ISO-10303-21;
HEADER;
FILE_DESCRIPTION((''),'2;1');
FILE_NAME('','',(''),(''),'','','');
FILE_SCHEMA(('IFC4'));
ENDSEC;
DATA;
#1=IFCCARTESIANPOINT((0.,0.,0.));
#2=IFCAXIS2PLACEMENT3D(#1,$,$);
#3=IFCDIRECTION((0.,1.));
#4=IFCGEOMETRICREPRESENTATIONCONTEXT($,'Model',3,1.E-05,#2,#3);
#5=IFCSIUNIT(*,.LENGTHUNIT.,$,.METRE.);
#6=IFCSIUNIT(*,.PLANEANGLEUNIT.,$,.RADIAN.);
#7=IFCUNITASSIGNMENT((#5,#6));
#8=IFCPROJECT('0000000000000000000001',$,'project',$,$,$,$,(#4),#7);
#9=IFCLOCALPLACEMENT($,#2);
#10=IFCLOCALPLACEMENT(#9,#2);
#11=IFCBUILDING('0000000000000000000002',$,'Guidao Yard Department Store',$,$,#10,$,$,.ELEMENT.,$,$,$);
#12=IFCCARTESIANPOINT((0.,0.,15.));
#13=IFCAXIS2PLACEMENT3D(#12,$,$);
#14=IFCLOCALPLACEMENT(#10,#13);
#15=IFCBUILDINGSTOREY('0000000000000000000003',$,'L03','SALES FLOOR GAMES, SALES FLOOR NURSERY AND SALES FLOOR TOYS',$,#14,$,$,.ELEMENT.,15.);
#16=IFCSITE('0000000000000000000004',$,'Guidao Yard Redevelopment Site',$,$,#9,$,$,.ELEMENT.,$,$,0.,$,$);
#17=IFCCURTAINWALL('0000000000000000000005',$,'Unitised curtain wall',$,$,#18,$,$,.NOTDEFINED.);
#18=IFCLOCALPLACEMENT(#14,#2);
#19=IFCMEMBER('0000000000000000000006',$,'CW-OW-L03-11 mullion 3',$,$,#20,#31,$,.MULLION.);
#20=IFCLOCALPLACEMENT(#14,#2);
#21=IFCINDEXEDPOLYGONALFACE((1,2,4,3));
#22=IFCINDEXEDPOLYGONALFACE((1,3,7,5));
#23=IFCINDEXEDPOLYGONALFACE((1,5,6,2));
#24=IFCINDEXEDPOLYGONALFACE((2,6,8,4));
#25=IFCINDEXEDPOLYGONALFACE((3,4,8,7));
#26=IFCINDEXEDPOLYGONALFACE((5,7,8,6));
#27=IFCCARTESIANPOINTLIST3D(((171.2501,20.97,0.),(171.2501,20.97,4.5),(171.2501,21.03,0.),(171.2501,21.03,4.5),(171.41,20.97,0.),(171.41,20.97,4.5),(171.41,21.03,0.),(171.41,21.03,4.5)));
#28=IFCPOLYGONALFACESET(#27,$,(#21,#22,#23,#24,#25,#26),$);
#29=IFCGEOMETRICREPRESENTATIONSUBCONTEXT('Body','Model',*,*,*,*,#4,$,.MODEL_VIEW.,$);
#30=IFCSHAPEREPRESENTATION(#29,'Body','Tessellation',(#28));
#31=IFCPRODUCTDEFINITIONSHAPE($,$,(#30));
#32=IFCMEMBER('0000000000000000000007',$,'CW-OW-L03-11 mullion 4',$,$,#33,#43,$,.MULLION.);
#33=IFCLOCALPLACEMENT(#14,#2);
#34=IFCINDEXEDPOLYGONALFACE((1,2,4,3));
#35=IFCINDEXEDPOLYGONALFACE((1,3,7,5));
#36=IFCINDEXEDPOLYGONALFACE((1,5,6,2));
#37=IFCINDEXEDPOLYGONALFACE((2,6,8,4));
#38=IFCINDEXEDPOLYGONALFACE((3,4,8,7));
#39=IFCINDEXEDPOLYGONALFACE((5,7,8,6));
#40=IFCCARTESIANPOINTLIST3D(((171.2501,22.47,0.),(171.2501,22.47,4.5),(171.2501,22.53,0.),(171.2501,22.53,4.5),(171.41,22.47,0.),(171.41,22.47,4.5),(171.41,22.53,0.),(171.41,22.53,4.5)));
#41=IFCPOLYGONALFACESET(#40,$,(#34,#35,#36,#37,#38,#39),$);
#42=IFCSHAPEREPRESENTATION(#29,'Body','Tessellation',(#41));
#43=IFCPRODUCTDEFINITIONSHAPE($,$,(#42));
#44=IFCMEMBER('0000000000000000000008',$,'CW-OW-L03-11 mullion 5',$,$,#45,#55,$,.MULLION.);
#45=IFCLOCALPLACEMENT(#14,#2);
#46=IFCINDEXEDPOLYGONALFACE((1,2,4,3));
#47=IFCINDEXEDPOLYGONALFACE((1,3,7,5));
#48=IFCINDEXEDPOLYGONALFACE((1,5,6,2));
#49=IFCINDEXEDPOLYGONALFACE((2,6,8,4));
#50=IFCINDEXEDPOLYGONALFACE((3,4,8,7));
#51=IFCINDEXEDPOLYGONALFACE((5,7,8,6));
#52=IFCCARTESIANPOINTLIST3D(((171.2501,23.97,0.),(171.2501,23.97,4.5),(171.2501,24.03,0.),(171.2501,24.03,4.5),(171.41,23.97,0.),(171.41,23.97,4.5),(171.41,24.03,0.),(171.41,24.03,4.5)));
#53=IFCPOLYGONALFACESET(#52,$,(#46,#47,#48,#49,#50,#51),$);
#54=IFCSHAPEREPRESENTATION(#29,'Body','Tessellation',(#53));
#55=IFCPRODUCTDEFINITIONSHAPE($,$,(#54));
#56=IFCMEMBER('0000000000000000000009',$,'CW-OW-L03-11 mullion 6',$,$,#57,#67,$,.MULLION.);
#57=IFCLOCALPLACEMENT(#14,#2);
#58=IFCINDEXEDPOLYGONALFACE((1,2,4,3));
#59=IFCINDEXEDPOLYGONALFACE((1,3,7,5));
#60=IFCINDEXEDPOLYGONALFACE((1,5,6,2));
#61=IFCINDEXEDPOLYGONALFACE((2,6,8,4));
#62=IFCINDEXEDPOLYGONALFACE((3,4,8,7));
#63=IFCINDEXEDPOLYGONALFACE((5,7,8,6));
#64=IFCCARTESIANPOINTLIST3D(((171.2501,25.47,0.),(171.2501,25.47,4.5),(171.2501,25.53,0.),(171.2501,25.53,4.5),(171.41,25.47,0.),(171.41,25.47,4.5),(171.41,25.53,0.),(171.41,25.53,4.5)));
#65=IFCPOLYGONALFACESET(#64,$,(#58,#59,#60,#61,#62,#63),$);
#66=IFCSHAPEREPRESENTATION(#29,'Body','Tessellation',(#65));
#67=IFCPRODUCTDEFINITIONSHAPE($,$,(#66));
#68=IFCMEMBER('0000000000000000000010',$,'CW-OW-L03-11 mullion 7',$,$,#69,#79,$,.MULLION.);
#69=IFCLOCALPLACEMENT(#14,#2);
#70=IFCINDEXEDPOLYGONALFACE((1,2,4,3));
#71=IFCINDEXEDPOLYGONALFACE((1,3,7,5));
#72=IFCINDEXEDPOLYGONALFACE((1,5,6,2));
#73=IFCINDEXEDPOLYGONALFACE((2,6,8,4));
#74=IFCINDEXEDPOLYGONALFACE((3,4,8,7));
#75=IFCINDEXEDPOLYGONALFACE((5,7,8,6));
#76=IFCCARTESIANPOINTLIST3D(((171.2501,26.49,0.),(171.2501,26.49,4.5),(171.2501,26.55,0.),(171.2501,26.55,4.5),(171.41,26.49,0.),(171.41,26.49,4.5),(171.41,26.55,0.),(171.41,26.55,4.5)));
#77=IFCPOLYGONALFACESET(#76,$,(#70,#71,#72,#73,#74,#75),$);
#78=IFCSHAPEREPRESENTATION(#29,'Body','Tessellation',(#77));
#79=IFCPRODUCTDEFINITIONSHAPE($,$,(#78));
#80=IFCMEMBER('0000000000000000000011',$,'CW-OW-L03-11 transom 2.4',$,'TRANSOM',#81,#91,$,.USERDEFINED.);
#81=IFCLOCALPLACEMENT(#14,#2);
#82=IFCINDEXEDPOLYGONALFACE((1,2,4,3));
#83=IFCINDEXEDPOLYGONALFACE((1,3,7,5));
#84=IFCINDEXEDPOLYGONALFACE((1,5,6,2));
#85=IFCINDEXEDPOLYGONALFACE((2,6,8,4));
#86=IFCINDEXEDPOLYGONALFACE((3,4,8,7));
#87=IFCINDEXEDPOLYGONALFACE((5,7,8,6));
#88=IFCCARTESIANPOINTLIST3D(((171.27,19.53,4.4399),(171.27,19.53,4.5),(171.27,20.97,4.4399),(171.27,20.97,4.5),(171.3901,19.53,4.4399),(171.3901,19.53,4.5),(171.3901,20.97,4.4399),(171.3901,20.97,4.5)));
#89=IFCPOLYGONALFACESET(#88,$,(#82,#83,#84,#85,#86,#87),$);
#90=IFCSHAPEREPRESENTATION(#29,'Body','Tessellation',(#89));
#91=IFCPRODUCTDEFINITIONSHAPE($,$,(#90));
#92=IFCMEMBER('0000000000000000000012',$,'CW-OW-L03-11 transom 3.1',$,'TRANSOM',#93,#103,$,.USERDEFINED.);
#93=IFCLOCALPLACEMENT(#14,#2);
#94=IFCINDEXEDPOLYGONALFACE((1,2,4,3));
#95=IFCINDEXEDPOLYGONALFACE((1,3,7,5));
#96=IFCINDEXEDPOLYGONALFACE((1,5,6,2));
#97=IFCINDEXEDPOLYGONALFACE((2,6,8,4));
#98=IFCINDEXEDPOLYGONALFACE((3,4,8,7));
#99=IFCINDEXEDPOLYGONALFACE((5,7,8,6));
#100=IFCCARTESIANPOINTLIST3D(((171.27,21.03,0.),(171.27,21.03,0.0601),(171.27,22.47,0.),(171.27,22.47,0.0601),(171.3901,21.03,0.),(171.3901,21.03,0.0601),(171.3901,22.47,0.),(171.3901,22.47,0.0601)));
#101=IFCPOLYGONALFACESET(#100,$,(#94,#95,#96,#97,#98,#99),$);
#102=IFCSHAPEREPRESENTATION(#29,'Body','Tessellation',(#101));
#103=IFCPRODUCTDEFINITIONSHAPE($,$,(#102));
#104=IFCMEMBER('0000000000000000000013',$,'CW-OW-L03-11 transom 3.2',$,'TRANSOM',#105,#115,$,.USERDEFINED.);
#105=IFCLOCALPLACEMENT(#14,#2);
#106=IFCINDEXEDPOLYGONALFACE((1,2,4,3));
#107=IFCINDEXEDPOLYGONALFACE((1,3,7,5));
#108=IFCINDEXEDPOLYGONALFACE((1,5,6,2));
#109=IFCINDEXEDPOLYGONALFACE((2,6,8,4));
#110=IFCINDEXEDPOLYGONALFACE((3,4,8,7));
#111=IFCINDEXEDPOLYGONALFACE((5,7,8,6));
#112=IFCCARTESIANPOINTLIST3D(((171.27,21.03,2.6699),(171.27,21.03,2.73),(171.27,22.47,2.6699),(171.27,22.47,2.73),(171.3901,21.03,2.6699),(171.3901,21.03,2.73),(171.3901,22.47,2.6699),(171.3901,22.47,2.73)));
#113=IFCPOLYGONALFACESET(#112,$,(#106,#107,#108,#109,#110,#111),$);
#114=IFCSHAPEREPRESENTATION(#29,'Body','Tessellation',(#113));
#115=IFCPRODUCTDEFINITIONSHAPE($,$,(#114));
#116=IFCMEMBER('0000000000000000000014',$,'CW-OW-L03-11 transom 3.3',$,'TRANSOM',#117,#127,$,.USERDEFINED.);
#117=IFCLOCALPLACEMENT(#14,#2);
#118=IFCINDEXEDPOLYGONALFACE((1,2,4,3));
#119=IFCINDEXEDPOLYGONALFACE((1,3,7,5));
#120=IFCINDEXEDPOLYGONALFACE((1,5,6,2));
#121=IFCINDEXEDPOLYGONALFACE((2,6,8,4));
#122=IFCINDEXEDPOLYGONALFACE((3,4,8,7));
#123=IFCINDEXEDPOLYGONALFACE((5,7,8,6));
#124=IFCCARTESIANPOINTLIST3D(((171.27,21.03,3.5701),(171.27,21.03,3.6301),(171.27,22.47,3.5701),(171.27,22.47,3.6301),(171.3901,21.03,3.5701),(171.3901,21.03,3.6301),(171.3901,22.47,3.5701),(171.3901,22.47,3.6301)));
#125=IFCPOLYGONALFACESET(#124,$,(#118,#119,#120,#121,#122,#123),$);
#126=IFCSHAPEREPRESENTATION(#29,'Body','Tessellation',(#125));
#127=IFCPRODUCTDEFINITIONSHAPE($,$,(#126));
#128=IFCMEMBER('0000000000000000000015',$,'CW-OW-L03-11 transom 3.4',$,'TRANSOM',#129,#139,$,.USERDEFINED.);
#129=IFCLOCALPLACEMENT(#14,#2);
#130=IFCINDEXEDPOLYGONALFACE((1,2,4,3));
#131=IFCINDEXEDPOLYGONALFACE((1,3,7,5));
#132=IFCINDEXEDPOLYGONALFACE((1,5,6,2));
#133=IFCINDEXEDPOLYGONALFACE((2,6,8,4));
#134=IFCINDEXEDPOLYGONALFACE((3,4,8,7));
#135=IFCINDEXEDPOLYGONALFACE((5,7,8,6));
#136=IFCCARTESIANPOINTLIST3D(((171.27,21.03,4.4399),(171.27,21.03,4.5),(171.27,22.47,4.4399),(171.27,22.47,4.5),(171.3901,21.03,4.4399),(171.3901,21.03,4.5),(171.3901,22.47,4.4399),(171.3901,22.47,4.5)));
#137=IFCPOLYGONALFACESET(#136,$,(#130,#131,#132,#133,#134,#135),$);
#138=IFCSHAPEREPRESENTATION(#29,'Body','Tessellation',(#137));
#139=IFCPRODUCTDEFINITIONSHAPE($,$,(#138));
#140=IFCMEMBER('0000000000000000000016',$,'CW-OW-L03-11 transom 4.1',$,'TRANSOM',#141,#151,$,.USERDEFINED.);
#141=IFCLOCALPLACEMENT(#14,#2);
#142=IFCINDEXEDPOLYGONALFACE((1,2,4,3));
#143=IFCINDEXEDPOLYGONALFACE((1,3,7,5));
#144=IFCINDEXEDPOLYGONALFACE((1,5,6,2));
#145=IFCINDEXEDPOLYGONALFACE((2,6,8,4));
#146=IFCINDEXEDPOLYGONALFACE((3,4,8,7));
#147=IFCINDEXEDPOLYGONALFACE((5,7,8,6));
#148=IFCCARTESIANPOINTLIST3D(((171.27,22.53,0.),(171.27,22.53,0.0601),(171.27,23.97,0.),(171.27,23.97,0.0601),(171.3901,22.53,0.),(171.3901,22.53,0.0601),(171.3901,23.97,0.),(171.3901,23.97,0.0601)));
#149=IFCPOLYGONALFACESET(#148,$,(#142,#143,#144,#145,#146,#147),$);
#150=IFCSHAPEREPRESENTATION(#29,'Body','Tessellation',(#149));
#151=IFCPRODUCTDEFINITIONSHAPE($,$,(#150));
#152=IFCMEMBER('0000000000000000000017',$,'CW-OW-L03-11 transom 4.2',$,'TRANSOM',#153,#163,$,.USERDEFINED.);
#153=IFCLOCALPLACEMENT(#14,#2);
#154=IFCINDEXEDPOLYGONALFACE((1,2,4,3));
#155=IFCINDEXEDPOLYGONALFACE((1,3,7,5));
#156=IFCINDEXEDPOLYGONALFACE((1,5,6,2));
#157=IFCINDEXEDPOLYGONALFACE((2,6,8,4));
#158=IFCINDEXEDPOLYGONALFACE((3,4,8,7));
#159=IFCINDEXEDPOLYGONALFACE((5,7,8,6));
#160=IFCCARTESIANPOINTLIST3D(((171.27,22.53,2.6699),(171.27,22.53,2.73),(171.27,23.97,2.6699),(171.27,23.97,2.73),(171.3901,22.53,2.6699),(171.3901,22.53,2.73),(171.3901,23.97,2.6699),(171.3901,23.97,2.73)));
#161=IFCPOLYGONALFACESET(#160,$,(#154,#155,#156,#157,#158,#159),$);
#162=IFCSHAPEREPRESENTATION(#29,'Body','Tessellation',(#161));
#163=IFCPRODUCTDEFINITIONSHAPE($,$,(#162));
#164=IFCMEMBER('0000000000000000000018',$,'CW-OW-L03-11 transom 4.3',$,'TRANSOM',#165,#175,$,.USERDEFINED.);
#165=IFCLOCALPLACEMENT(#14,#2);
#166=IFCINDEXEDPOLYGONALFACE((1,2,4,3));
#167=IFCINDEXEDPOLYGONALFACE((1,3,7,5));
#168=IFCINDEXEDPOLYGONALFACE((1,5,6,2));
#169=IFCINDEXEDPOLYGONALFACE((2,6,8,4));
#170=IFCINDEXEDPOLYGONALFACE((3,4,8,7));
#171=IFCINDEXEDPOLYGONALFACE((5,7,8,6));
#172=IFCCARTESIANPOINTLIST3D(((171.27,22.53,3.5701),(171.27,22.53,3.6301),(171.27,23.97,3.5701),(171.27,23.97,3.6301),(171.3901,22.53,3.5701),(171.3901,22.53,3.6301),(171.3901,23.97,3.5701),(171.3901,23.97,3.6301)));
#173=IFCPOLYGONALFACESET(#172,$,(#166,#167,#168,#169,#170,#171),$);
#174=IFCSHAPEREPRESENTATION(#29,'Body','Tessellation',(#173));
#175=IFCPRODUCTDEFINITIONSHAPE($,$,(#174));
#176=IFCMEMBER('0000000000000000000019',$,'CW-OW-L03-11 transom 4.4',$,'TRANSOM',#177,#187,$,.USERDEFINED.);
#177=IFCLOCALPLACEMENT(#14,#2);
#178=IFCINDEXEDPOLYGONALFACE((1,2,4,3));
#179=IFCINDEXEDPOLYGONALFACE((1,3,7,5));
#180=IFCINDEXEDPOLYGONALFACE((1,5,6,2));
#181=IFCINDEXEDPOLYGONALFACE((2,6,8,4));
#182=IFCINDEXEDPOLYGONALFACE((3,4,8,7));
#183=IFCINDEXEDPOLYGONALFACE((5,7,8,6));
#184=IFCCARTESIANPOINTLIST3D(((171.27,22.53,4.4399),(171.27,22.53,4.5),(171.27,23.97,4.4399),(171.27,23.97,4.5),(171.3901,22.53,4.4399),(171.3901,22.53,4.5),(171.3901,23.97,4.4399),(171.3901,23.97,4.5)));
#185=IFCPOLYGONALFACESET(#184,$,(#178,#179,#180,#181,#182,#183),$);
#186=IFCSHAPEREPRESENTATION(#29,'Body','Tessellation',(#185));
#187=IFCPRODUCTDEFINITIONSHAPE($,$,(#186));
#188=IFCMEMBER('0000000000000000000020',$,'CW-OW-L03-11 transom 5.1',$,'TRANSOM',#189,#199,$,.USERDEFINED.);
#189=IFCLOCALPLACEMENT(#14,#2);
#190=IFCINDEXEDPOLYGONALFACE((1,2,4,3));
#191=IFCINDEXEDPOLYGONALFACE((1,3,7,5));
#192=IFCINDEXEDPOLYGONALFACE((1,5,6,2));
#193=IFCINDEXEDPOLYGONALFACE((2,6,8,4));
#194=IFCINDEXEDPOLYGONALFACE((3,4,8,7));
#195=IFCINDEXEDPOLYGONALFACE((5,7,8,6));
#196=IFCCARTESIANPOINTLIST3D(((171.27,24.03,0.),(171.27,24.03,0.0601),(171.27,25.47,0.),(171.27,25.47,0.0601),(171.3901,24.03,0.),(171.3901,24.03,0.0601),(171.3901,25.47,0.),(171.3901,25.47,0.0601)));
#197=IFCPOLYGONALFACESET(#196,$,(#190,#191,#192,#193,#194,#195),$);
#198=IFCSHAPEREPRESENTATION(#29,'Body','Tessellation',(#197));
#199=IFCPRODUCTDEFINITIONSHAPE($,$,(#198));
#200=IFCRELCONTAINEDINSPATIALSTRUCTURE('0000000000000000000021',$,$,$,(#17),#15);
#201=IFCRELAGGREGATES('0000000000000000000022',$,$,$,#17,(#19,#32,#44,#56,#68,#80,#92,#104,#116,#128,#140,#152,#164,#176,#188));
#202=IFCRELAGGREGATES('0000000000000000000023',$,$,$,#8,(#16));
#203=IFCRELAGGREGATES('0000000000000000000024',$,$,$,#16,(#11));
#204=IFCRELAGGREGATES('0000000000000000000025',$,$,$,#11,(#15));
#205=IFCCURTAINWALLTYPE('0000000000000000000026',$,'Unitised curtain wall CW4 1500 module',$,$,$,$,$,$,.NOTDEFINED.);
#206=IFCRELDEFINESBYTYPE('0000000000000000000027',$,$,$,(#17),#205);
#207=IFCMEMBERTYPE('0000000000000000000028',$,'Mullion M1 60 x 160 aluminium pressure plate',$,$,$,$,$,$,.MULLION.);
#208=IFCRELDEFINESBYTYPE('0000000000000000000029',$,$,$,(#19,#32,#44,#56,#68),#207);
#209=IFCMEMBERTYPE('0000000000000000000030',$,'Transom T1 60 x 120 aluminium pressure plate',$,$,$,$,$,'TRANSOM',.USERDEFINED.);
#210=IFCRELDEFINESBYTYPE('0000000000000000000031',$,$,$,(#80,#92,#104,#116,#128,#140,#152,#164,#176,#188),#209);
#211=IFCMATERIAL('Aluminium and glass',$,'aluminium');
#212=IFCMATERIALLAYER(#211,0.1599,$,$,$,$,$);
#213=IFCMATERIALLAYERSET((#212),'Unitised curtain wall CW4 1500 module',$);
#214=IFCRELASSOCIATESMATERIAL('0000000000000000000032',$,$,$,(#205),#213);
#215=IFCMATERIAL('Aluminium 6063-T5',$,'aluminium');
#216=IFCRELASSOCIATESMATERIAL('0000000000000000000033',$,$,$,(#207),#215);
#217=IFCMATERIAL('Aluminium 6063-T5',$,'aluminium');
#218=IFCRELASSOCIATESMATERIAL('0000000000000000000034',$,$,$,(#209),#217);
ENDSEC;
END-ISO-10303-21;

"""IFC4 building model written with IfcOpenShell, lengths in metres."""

from ifc_helpers import new_model, si_unit, direction, frame, origin, origin_2d, place, context, subcontext, project, spatial, rectangle, extrude, material, layer, layer_set, material_profile, profile_set, type_object, element, aggregate, save


model = new_model("IFC4")

# Units and contexts
model_context = context("Model", 3, precision=1e-05, world=origin(), true_north=direction((0.0, 1.0)))
body_context = subcontext(model_context, "Body", "Model", "MODEL_VIEW")
ifc_project = project(units=[si_unit("LENGTHUNIT", "METRE"), si_unit("PLANEANGLEUNIT", "RADIAN")], contexts=[model_context])

# Site, building, storey
site_placement = place(None, origin())
site = spatial("IfcSite", under=ifc_project, at=site_placement, Name="Guidao Yard Redevelopment Site", CompositionType="ELEMENT", RefElevation=0.0)
building_placement = place(site_placement, origin())
building = spatial("IfcBuilding", under=site, at=building_placement, Name="Guidao Yard Department Store", CompositionType="ELEMENT")
storey_placement = place(building_placement, frame((0.0, 0.0, 15.0)))
storey = spatial("IfcBuildingStorey", under=building, at=storey_placement, Name="L03", Description="SALES FLOOR GAMES, SALES FLOOR NURSERY AND SALES FLOOR TOYS", CompositionType="ELEMENT", Elevation=15.0)

# Curtain wall, members
ifc_material_1 = material(Name="Aluminium and glass", Category="aluminium")
ifc_layer_1 = layer(ifc_material_1, 0.1599)
ifc_layer_set_1 = layer_set([ifc_layer_1], Name="Unitised curtain wall CW4 1500 module")
curtain_wall_type = type_object("IfcCurtainWallType", Name="Unitised curtain wall CW4 1500 module", PredefinedType="NOTDEFINED", material=ifc_layer_set_1)
curtain_wall_placement = place(storey_placement, origin())
curtain_wall = element("IfcCurtainWall", 1, at=curtain_wall_placement, inside=storey, type_object=curtain_wall_type, Name="Unitised curtain wall", PredefinedType="NOTDEFINED")
ifc_material_2 = material(Name="Aluminium 6063-T5", Category="aluminium")
ifc_material_profile_1 = material_profile(ifc_material_2, rectangle(XDim=0.0601, YDim=0.1599, at=origin_2d()), Name="Mullion M1 60 x 160 aluminium pressure plate")
ifc_profile_set_1 = profile_set([ifc_material_profile_1], Name="Aluminium 6063-T5")
member_type_1 = type_object("IfcMemberType", Name="Mullion M1 60 x 160 aluminium pressure plate", PredefinedType="MULLION", material=ifc_profile_set_1)
member_1_placement = place(storey_placement, frame((171.3301, 21.0, 0.0), z_axis=(0.0, 0.0, 1.0), x_axis=(0.0, -1.0, 0.0)))
member_1 = element("IfcMember", 2, at=member_1_placement, type_object=member_type_1, Name="CW-OW-L03-11 mullion 3", PredefinedType="MULLION", context=body_context, shape_type="SweptSolid", body=[
    extrude(rectangle(XDim=0.0601, YDim=0.1599, at=origin_2d()), origin(), (0.0, 0.0, 1.0), 4.5),
])
member_2_placement = place(storey_placement, frame((171.3301, 22.5, 0.0), z_axis=(0.0, 0.0, 1.0), x_axis=(0.0, -1.0, 0.0)))
member_2 = element("IfcMember", 3, at=member_2_placement, type_object=member_type_1, Name="CW-OW-L03-11 mullion 4", PredefinedType="MULLION", context=body_context, shape_type="SweptSolid", body=[
    extrude(rectangle(XDim=0.0601, YDim=0.1599, at=origin_2d()), origin(), (0.0, 0.0, 1.0), 4.5),
])
member_3_placement = place(storey_placement, frame((171.3301, 24.0, 0.0), z_axis=(0.0, 0.0, 1.0), x_axis=(0.0, -1.0, 0.0)))
member_3 = element("IfcMember", 4, at=member_3_placement, type_object=member_type_1, Name="CW-OW-L03-11 mullion 5", PredefinedType="MULLION", context=body_context, shape_type="SweptSolid", body=[
    extrude(rectangle(XDim=0.0601, YDim=0.1599, at=origin_2d()), origin(), (0.0, 0.0, 1.0), 4.5),
])
member_4_placement = place(storey_placement, frame((171.3301, 25.5, 0.0), z_axis=(0.0, 0.0, 1.0), x_axis=(0.0, -1.0, 0.0)))
member_4 = element("IfcMember", 5, at=member_4_placement, type_object=member_type_1, Name="CW-OW-L03-11 mullion 6", PredefinedType="MULLION", context=body_context, shape_type="SweptSolid", body=[
    extrude(rectangle(XDim=0.0601, YDim=0.1599, at=origin_2d()), origin(), (0.0, 0.0, 1.0), 4.5),
])
member_5_placement = place(storey_placement, frame((171.3301, 26.52, 0.0), z_axis=(0.0, 0.0, 1.0), x_axis=(0.0, -1.0, 0.0)))
member_5 = element("IfcMember", 6, at=member_5_placement, type_object=member_type_1, Name="CW-OW-L03-11 mullion 7", PredefinedType="MULLION", context=body_context, shape_type="SweptSolid", body=[
    extrude(rectangle(XDim=0.0601, YDim=0.1599, at=origin_2d()), origin(), (0.0, 0.0, 1.0), 4.5),
])
ifc_material_3 = material(Name="Aluminium 6063-T5", Category="aluminium")
ifc_material_profile_2 = material_profile(ifc_material_3, rectangle(XDim=0.1201, YDim=0.0601, at=origin_2d()), Name="Transom T1 60 x 120 aluminium pressure plate")
ifc_profile_set_2 = profile_set([ifc_material_profile_2], Name="Aluminium 6063-T5")
member_type_2 = type_object("IfcMemberType", Name="Transom T1 60 x 120 aluminium pressure plate", ElementType="TRANSOM", PredefinedType="USERDEFINED", material=ifc_profile_set_2)
member_6_placement = place(storey_placement, frame((171.3301, 20.97, 4.47), z_axis=(0.0, -1.0, 0.0), x_axis=(1.0, 0.0, 0.0)))
member_6 = element("IfcMember", 7, at=member_6_placement, type_object=member_type_2, Name="CW-OW-L03-11 transom 2.4", ObjectType="TRANSOM", PredefinedType="USERDEFINED", context=body_context, shape_type="SweptSolid", body=[
    extrude(rectangle(XDim=0.1201, YDim=0.0601, at=origin_2d()), origin(), (0.0, 0.0, 1.0), 1.4399),
])
member_7_placement = place(storey_placement, frame((171.3301, 22.47, 0.03), z_axis=(0.0, -1.0, 0.0), x_axis=(1.0, 0.0, 0.0)))
member_7 = element("IfcMember", 8, at=member_7_placement, type_object=member_type_2, Name="CW-OW-L03-11 transom 3.1", ObjectType="TRANSOM", PredefinedType="USERDEFINED", context=body_context, shape_type="SweptSolid", body=[
    extrude(rectangle(XDim=0.1201, YDim=0.0601, at=origin_2d()), origin(), (0.0, 0.0, 1.0), 1.4399),
])
member_8_placement = place(storey_placement, frame((171.3301, 22.47, 2.7), z_axis=(0.0, -1.0, 0.0), x_axis=(1.0, 0.0, 0.0)))
member_8 = element("IfcMember", 9, at=member_8_placement, type_object=member_type_2, Name="CW-OW-L03-11 transom 3.2", ObjectType="TRANSOM", PredefinedType="USERDEFINED", context=body_context, shape_type="SweptSolid", body=[
    extrude(rectangle(XDim=0.1201, YDim=0.0601, at=origin_2d()), origin(), (0.0, 0.0, 1.0), 1.4399),
])
member_9_placement = place(storey_placement, frame((171.3301, 22.47, 3.6001), z_axis=(0.0, -1.0, 0.0), x_axis=(1.0, 0.0, 0.0)))
member_9 = element("IfcMember", 10, at=member_9_placement, type_object=member_type_2, Name="CW-OW-L03-11 transom 3.3", ObjectType="TRANSOM", PredefinedType="USERDEFINED", context=body_context, shape_type="SweptSolid", body=[
    extrude(rectangle(XDim=0.1201, YDim=0.0601, at=origin_2d()), origin(), (0.0, 0.0, 1.0), 1.4399),
])
member_10_placement = place(storey_placement, frame((171.3301, 22.47, 4.47), z_axis=(0.0, -1.0, 0.0), x_axis=(1.0, 0.0, 0.0)))
member_10 = element("IfcMember", 11, at=member_10_placement, type_object=member_type_2, Name="CW-OW-L03-11 transom 3.4", ObjectType="TRANSOM", PredefinedType="USERDEFINED", context=body_context, shape_type="SweptSolid", body=[
    extrude(rectangle(XDim=0.1201, YDim=0.0601, at=origin_2d()), origin(), (0.0, 0.0, 1.0), 1.4399),
])
member_11_placement = place(storey_placement, frame((171.3301, 23.97, 0.03), z_axis=(0.0, -1.0, 0.0), x_axis=(1.0, 0.0, 0.0)))
member_11 = element("IfcMember", 12, at=member_11_placement, type_object=member_type_2, Name="CW-OW-L03-11 transom 4.1", ObjectType="TRANSOM", PredefinedType="USERDEFINED", context=body_context, shape_type="SweptSolid", body=[
    extrude(rectangle(XDim=0.1201, YDim=0.0601, at=origin_2d()), origin(), (0.0, 0.0, 1.0), 1.4399),
])
member_12_placement = place(storey_placement, frame((171.3301, 23.97, 2.7), z_axis=(0.0, -1.0, 0.0), x_axis=(1.0, 0.0, 0.0)))
member_12 = element("IfcMember", 13, at=member_12_placement, type_object=member_type_2, Name="CW-OW-L03-11 transom 4.2", ObjectType="TRANSOM", PredefinedType="USERDEFINED", context=body_context, shape_type="SweptSolid", body=[
    extrude(rectangle(XDim=0.1201, YDim=0.0601, at=origin_2d()), origin(), (0.0, 0.0, 1.0), 1.4399),
])
member_13_placement = place(storey_placement, frame((171.3301, 23.97, 3.6001), z_axis=(0.0, -1.0, 0.0), x_axis=(1.0, 0.0, 0.0)))
member_13 = element("IfcMember", 14, at=member_13_placement, type_object=member_type_2, Name="CW-OW-L03-11 transom 4.3", ObjectType="TRANSOM", PredefinedType="USERDEFINED", context=body_context, shape_type="SweptSolid", body=[
    extrude(rectangle(XDim=0.1201, YDim=0.0601, at=origin_2d()), origin(), (0.0, 0.0, 1.0), 1.4399),
])
member_14_placement = place(storey_placement, frame((171.3301, 23.97, 4.47), z_axis=(0.0, -1.0, 0.0), x_axis=(1.0, 0.0, 0.0)))
member_14 = element("IfcMember", 15, at=member_14_placement, type_object=member_type_2, Name="CW-OW-L03-11 transom 4.4", ObjectType="TRANSOM", PredefinedType="USERDEFINED", context=body_context, shape_type="SweptSolid", body=[
    extrude(rectangle(XDim=0.1201, YDim=0.0601, at=origin_2d()), origin(), (0.0, 0.0, 1.0), 1.4399),
])
member_15_placement = place(storey_placement, frame((171.3301, 25.47, 0.03), z_axis=(0.0, -1.0, 0.0), x_axis=(1.0, 0.0, 0.0)))
member_15 = element("IfcMember", 16, at=member_15_placement, type_object=member_type_2, Name="CW-OW-L03-11 transom 5.1", ObjectType="TRANSOM", PredefinedType="USERDEFINED", context=body_context, shape_type="SweptSolid", body=[
    extrude(rectangle(XDim=0.1201, YDim=0.0601, at=origin_2d()), origin(), (0.0, 0.0, 1.0), 1.4399),
])
aggregate(curtain_wall, [member_1, member_2, member_3, member_4, member_5, member_6, member_7, member_8, member_9, member_10, member_11, member_12, member_13, member_14, member_15])

save(model, "model.ifc")
